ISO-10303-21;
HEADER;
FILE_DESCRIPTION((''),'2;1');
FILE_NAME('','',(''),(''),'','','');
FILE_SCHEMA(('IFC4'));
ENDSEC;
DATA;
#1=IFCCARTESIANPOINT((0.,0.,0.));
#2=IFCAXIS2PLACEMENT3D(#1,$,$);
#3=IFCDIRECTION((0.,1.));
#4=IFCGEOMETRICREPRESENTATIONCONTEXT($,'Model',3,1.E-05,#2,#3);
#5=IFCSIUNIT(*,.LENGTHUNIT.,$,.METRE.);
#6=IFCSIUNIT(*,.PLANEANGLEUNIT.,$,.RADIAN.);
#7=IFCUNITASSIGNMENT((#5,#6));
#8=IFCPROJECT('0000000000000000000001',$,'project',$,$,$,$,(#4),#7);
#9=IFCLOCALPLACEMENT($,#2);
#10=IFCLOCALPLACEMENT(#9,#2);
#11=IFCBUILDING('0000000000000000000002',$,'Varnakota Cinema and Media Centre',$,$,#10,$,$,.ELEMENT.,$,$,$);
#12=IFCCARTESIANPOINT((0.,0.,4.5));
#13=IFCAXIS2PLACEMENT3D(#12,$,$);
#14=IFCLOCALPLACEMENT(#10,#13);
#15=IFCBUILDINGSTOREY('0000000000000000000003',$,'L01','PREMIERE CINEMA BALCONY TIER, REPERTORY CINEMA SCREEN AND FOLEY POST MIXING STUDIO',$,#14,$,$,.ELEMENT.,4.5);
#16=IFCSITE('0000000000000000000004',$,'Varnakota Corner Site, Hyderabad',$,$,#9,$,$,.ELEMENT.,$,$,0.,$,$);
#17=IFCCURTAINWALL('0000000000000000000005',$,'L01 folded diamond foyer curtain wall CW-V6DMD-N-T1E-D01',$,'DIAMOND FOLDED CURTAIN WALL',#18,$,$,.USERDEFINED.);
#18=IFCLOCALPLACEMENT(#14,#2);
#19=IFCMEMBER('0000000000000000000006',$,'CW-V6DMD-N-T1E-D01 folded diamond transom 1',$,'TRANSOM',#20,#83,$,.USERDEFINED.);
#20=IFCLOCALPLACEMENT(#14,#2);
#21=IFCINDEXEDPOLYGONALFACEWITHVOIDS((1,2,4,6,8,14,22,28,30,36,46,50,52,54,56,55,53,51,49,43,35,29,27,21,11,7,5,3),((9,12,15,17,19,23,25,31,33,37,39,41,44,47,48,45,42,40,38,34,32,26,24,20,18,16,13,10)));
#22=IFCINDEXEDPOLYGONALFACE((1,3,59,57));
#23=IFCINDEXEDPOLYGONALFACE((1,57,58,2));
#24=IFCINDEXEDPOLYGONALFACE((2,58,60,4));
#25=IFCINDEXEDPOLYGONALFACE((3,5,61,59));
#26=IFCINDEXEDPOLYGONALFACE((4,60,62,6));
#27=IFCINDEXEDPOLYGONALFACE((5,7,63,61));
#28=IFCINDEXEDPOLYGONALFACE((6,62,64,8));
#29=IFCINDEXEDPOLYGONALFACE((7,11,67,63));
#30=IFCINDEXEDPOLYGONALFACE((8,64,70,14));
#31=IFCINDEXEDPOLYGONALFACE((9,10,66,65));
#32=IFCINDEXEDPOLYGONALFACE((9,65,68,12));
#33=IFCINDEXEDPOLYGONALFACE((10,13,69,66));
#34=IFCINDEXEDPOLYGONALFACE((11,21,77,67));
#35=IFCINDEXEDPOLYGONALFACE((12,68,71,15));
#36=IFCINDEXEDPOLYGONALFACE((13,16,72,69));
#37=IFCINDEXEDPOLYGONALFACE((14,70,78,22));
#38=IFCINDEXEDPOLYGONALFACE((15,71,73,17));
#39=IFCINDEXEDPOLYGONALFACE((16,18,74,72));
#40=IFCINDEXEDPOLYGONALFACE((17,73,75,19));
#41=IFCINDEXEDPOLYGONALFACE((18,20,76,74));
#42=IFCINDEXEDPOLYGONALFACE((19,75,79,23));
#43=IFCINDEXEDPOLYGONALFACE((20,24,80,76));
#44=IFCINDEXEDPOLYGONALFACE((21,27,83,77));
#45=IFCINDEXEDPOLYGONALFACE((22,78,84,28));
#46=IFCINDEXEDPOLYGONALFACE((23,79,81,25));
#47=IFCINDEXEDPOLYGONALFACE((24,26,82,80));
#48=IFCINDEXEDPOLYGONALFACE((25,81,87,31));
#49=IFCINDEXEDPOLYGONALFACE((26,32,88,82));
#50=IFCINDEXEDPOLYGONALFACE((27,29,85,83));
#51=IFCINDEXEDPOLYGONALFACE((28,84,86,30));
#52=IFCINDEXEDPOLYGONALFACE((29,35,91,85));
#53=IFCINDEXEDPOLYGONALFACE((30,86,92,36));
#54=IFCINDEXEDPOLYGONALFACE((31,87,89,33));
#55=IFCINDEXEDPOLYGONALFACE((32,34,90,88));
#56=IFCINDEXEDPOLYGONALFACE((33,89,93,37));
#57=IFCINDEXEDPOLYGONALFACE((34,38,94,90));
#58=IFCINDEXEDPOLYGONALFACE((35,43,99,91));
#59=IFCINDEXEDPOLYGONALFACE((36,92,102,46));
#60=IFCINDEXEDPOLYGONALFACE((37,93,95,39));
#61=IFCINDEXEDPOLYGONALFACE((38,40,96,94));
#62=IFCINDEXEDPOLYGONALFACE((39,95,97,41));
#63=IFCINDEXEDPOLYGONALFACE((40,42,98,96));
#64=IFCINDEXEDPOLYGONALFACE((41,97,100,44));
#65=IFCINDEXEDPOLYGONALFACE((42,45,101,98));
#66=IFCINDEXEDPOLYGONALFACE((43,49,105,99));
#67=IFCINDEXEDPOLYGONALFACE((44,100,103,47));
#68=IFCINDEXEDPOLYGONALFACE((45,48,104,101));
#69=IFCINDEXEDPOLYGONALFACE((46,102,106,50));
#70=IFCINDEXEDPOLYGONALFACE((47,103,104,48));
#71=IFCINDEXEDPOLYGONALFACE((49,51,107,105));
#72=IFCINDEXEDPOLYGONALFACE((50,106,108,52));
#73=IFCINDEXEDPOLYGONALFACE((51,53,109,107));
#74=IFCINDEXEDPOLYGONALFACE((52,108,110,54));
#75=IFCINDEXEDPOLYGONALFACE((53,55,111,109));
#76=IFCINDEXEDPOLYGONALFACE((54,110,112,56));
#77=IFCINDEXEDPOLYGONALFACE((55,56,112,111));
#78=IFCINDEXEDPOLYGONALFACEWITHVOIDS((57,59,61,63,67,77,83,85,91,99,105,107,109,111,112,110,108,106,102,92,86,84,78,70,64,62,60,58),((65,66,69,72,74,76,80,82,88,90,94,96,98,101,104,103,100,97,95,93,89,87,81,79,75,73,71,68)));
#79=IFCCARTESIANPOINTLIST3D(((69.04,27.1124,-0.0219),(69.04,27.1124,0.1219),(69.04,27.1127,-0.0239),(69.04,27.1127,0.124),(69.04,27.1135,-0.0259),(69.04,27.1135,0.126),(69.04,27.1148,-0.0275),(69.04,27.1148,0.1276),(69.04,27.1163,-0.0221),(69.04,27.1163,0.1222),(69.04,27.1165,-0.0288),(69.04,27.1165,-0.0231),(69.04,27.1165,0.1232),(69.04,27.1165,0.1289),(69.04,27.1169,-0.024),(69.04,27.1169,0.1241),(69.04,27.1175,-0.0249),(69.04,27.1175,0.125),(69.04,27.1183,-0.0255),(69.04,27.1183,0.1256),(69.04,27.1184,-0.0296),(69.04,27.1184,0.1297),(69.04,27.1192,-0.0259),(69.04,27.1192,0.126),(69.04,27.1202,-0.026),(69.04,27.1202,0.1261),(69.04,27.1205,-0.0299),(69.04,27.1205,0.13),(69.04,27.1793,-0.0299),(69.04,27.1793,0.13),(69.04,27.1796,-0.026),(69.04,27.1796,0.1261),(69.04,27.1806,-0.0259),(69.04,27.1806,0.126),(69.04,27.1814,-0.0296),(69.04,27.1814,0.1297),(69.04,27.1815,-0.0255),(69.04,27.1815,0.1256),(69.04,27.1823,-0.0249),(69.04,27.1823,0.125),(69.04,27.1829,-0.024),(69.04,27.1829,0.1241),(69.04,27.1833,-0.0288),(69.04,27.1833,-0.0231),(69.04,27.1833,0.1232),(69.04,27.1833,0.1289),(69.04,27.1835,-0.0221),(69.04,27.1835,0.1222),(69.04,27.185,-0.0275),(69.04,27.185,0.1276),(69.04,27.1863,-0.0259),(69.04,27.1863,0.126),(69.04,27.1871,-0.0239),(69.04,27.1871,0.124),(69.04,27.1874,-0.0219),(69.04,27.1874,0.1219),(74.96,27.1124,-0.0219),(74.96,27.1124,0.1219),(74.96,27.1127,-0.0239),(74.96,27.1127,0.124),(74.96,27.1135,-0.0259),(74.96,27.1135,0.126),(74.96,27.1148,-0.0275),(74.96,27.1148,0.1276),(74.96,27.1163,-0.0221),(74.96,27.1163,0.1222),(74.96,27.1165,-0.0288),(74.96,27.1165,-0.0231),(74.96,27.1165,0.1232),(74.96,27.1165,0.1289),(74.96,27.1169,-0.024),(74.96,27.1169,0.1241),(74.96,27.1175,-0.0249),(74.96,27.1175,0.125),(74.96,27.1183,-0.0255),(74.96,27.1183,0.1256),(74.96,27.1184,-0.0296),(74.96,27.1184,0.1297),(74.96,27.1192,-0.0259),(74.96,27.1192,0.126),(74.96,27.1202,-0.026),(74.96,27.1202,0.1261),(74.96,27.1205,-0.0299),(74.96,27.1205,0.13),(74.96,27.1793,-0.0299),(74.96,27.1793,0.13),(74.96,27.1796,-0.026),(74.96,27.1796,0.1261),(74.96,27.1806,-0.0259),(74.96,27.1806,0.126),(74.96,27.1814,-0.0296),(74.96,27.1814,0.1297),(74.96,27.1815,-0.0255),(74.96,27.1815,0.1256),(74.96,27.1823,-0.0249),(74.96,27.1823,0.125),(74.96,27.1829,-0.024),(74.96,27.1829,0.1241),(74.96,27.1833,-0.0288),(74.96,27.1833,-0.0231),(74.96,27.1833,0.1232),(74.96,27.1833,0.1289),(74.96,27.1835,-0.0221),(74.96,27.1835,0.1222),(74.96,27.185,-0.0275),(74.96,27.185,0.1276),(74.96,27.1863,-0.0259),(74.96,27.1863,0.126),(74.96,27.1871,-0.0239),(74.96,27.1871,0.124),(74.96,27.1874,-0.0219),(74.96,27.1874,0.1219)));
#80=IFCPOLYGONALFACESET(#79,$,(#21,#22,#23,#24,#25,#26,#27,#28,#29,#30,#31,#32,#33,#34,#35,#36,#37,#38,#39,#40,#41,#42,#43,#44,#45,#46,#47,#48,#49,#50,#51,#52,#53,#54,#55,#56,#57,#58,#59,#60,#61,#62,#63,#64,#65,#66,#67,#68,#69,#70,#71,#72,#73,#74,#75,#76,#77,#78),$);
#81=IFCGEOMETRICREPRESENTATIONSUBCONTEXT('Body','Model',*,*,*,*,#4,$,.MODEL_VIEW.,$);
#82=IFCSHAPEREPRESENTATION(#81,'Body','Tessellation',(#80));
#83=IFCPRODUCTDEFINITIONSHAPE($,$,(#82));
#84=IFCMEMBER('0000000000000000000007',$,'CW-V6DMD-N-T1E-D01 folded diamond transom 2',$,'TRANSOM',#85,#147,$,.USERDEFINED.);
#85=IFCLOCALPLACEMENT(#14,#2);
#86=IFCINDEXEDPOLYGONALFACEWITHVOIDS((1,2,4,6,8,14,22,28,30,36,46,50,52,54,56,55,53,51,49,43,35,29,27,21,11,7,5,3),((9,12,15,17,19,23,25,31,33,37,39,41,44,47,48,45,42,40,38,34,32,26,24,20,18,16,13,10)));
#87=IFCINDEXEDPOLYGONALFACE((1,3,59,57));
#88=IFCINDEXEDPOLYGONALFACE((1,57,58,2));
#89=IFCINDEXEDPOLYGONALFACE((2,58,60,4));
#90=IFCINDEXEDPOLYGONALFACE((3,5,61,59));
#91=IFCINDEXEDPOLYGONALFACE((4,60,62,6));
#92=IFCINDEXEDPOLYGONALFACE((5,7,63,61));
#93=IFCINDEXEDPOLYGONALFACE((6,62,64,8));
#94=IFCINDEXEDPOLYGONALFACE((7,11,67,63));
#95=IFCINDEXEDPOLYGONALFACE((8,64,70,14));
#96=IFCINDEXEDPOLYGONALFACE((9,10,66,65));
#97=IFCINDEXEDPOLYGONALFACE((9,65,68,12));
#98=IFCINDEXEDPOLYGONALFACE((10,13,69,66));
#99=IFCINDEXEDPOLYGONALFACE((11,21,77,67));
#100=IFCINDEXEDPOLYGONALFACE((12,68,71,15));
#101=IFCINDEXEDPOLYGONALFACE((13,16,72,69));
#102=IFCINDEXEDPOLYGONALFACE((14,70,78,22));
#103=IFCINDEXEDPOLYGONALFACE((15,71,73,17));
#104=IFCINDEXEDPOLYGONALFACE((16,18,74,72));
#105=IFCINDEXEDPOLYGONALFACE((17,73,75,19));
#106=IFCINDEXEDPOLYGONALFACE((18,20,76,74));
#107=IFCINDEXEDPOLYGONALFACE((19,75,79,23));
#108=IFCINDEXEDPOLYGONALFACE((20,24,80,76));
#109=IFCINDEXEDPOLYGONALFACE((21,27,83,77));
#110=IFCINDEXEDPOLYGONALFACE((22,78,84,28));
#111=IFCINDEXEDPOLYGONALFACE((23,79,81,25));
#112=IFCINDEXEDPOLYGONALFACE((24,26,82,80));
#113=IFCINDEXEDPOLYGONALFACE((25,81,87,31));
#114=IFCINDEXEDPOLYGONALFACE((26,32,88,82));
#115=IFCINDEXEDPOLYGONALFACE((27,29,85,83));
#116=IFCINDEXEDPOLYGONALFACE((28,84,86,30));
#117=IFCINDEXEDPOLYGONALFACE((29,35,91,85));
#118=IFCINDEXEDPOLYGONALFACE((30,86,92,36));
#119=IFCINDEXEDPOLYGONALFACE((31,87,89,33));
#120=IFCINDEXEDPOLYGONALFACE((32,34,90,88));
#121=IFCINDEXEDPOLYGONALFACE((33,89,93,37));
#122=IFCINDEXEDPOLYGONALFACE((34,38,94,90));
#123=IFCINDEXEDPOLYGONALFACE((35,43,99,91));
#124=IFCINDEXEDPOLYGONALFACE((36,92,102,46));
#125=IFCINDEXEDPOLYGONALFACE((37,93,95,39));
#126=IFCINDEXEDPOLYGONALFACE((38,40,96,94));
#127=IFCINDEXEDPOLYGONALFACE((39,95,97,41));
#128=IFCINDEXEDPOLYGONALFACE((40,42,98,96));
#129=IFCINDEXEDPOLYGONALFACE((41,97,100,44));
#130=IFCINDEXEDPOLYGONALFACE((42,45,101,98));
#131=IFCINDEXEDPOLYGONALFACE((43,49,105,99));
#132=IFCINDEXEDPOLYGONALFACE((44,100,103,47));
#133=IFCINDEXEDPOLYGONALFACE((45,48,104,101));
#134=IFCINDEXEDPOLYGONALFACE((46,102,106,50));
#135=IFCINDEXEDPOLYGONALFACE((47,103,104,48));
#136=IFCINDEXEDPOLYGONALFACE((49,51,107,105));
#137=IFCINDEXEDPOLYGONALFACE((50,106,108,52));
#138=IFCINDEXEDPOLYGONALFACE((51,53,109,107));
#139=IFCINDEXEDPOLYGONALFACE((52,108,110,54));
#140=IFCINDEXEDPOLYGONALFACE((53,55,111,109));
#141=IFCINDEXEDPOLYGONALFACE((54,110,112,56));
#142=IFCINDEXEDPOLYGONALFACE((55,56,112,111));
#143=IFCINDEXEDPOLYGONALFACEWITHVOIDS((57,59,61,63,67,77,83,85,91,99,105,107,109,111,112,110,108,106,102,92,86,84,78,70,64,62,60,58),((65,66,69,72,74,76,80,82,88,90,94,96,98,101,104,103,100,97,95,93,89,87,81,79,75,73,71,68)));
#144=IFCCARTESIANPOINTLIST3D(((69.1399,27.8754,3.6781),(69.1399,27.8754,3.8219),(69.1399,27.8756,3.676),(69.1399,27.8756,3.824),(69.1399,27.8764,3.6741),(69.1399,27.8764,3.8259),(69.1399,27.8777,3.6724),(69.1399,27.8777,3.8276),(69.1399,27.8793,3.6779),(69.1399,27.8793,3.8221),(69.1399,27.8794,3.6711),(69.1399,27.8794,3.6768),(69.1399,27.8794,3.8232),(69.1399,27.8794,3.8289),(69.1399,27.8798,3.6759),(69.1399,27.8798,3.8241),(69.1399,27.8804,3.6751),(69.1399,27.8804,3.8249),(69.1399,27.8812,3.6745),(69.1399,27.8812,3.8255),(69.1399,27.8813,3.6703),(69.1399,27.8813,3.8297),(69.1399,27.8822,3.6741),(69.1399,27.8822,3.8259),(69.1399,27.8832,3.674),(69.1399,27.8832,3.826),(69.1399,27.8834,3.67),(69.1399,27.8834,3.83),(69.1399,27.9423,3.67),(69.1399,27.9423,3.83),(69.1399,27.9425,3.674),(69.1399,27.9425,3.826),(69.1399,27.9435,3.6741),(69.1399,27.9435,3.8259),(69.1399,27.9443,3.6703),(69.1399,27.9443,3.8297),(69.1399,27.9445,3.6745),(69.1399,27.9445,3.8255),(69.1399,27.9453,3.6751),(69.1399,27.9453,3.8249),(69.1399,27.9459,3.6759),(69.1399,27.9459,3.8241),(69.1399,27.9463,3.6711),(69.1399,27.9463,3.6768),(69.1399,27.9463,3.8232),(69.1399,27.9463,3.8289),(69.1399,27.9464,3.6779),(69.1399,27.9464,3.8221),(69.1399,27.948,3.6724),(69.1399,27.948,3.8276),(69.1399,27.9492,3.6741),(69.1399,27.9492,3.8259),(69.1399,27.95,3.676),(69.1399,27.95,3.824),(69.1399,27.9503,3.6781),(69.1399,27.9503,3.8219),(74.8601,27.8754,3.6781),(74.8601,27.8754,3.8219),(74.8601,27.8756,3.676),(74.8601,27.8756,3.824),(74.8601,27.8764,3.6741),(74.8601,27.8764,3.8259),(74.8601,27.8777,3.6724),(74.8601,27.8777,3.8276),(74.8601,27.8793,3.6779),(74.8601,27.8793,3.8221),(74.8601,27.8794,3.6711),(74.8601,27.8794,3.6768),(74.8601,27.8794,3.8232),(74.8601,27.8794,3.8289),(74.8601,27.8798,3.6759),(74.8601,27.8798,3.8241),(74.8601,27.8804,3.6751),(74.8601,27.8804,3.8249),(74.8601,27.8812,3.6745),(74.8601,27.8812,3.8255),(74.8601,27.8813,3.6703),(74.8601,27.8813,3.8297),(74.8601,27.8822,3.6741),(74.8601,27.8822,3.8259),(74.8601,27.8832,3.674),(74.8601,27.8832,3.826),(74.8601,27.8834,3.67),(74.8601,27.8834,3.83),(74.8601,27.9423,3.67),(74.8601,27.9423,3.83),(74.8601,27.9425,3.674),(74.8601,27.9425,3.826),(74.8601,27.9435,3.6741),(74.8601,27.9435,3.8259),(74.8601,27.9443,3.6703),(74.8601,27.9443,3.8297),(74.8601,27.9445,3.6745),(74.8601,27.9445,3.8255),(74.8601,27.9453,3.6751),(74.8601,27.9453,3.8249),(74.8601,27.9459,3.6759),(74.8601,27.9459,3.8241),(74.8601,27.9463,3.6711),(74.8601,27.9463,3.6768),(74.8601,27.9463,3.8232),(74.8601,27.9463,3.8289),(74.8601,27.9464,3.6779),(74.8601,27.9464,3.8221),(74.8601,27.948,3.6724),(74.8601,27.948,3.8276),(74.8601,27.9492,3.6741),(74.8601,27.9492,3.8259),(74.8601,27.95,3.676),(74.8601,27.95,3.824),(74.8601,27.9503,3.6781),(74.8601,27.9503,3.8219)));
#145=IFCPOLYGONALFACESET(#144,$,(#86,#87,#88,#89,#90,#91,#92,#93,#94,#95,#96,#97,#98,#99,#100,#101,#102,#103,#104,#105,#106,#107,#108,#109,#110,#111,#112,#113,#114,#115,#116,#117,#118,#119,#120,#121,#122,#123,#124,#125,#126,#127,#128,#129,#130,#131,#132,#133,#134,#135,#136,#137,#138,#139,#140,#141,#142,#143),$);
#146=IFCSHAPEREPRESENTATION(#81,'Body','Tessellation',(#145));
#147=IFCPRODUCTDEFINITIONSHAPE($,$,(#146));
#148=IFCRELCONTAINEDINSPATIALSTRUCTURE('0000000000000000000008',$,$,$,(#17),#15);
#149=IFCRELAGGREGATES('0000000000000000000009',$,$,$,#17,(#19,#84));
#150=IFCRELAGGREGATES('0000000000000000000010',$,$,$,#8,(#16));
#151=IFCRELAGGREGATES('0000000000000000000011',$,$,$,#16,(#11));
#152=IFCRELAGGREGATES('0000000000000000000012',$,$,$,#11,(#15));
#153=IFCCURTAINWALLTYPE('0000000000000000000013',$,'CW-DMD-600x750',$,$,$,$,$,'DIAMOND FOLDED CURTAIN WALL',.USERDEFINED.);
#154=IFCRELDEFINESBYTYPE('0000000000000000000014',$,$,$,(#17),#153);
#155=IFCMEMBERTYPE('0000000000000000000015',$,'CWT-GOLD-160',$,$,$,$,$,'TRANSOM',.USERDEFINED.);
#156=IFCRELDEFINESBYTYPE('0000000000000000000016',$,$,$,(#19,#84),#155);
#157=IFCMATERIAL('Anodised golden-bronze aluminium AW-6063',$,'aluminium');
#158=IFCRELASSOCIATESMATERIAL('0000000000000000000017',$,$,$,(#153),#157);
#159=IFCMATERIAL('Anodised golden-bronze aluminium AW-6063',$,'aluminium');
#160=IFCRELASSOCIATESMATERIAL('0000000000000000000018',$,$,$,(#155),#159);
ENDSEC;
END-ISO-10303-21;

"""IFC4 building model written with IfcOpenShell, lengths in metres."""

from ifc_helpers import new_model, si_unit, direction, frame, origin, origin_2d, place, context, subcontext, project, spatial, hollow_rectangle, extrude, material, material_profile, profile_set, type_object, element, aggregate, save


model = new_model("IFC4")

# Units and contexts
model_context = context("Model", 3, precision=1e-05, world=origin(), true_north=direction((0.0, 1.0)))
body_context = subcontext(model_context, "Body", "Model", "MODEL_VIEW")
ifc_project = project(units=[si_unit("LENGTHUNIT", "METRE"), si_unit("PLANEANGLEUNIT", "RADIAN")], contexts=[model_context])

# Site, building, storey
site_placement = place(None, origin())
site = spatial("IfcSite", under=ifc_project, at=site_placement, Name="Varnakota Corner Site, Hyderabad", CompositionType="ELEMENT", RefElevation=0.0)
building_placement = place(site_placement, origin())
building = spatial("IfcBuilding", under=site, at=building_placement, Name="Varnakota Cinema and Media Centre", CompositionType="ELEMENT")
storey_placement = place(building_placement, frame((0.0, 0.0, 4.5)))
storey = spatial("IfcBuildingStorey", under=building, at=storey_placement, Name="L01", Description="PREMIERE CINEMA BALCONY TIER, REPERTORY CINEMA SCREEN AND FOLEY POST MIXING STUDIO", CompositionType="ELEMENT", Elevation=4.5)

# Curtain wall, members
ifc_material_1 = material(Name="Anodised golden-bronze aluminium AW-6063", Category="aluminium")
curtain_wall_type = type_object("IfcCurtainWallType", Name="CW-DMD-600x750", ElementType="DIAMOND FOLDED CURTAIN WALL", PredefinedType="USERDEFINED", material=ifc_material_1)
curtain_wall_placement = place(storey_placement, origin())
curtain_wall = element("IfcCurtainWall", 1, at=curtain_wall_placement, inside=storey, type_object=curtain_wall_type, Name="L01 folded diamond foyer curtain wall CW-V6DMD-N-T1E-D01", ObjectType="DIAMOND FOLDED CURTAIN WALL", PredefinedType="USERDEFINED")
ifc_material_2 = material(Name="Anodised golden-bronze aluminium AW-6063", Category="aluminium")
ifc_material_profile_1 = material_profile(ifc_material_2, hollow_rectangle(XDim=0.075, YDim=0.1599, WallThickness=0.0039, InnerFilletRadius=0.0039, OuterFilletRadius=0.0081, at=origin_2d()), Name="AL-TRANSOM 160x75x4")
ifc_profile_set_1 = profile_set([ifc_material_profile_1], Name="Anodised golden-bronze aluminium AW-6063")
member_type_1 = type_object("IfcMemberType", Name="CWT-GOLD-160", ElementType="TRANSOM", PredefinedType="USERDEFINED", material=ifc_profile_set_1)
member_1_placement = place(storey_placement, frame((69.04, 27.1499, 0.05), z_axis=(1.0, 0.0, 0.0), x_axis=(0.0, 1.0, 0.0)))
member_1 = element("IfcMember", 2, at=member_1_placement, type_object=member_type_1, Name="CW-V6DMD-N-T1E-D01 folded diamond transom 1", ObjectType="TRANSOM", PredefinedType="USERDEFINED", context=body_context, shape_type="SweptSolid", body=[
    extrude(hollow_rectangle(XDim=0.075, YDim=0.1599, WallThickness=0.0039, InnerFilletRadius=0.0039, OuterFilletRadius=0.0081, at=origin_2d()), origin(), (0.0, 0.0, 1.0), 5.9199),
])
member_2_placement = place(storey_placement, frame((69.1399, 27.9128, 3.75), z_axis=(1.0, 0.0, 0.0), x_axis=(0.0, 1.0, 0.0)))
member_2 = element("IfcMember", 3, at=member_2_placement, type_object=member_type_1, Name="CW-V6DMD-N-T1E-D01 folded diamond transom 2", ObjectType="TRANSOM", PredefinedType="USERDEFINED", context=body_context, shape_type="SweptSolid", body=[
    extrude(hollow_rectangle(XDim=0.075, YDim=0.1599, WallThickness=0.0039, InnerFilletRadius=0.0039, OuterFilletRadius=0.0081, at=origin_2d()), origin(), (0.0, 0.0, 1.0), 5.7202),
])

aggregate(curtain_wall, [member_1, member_2])

save(model, "model.ifc")
